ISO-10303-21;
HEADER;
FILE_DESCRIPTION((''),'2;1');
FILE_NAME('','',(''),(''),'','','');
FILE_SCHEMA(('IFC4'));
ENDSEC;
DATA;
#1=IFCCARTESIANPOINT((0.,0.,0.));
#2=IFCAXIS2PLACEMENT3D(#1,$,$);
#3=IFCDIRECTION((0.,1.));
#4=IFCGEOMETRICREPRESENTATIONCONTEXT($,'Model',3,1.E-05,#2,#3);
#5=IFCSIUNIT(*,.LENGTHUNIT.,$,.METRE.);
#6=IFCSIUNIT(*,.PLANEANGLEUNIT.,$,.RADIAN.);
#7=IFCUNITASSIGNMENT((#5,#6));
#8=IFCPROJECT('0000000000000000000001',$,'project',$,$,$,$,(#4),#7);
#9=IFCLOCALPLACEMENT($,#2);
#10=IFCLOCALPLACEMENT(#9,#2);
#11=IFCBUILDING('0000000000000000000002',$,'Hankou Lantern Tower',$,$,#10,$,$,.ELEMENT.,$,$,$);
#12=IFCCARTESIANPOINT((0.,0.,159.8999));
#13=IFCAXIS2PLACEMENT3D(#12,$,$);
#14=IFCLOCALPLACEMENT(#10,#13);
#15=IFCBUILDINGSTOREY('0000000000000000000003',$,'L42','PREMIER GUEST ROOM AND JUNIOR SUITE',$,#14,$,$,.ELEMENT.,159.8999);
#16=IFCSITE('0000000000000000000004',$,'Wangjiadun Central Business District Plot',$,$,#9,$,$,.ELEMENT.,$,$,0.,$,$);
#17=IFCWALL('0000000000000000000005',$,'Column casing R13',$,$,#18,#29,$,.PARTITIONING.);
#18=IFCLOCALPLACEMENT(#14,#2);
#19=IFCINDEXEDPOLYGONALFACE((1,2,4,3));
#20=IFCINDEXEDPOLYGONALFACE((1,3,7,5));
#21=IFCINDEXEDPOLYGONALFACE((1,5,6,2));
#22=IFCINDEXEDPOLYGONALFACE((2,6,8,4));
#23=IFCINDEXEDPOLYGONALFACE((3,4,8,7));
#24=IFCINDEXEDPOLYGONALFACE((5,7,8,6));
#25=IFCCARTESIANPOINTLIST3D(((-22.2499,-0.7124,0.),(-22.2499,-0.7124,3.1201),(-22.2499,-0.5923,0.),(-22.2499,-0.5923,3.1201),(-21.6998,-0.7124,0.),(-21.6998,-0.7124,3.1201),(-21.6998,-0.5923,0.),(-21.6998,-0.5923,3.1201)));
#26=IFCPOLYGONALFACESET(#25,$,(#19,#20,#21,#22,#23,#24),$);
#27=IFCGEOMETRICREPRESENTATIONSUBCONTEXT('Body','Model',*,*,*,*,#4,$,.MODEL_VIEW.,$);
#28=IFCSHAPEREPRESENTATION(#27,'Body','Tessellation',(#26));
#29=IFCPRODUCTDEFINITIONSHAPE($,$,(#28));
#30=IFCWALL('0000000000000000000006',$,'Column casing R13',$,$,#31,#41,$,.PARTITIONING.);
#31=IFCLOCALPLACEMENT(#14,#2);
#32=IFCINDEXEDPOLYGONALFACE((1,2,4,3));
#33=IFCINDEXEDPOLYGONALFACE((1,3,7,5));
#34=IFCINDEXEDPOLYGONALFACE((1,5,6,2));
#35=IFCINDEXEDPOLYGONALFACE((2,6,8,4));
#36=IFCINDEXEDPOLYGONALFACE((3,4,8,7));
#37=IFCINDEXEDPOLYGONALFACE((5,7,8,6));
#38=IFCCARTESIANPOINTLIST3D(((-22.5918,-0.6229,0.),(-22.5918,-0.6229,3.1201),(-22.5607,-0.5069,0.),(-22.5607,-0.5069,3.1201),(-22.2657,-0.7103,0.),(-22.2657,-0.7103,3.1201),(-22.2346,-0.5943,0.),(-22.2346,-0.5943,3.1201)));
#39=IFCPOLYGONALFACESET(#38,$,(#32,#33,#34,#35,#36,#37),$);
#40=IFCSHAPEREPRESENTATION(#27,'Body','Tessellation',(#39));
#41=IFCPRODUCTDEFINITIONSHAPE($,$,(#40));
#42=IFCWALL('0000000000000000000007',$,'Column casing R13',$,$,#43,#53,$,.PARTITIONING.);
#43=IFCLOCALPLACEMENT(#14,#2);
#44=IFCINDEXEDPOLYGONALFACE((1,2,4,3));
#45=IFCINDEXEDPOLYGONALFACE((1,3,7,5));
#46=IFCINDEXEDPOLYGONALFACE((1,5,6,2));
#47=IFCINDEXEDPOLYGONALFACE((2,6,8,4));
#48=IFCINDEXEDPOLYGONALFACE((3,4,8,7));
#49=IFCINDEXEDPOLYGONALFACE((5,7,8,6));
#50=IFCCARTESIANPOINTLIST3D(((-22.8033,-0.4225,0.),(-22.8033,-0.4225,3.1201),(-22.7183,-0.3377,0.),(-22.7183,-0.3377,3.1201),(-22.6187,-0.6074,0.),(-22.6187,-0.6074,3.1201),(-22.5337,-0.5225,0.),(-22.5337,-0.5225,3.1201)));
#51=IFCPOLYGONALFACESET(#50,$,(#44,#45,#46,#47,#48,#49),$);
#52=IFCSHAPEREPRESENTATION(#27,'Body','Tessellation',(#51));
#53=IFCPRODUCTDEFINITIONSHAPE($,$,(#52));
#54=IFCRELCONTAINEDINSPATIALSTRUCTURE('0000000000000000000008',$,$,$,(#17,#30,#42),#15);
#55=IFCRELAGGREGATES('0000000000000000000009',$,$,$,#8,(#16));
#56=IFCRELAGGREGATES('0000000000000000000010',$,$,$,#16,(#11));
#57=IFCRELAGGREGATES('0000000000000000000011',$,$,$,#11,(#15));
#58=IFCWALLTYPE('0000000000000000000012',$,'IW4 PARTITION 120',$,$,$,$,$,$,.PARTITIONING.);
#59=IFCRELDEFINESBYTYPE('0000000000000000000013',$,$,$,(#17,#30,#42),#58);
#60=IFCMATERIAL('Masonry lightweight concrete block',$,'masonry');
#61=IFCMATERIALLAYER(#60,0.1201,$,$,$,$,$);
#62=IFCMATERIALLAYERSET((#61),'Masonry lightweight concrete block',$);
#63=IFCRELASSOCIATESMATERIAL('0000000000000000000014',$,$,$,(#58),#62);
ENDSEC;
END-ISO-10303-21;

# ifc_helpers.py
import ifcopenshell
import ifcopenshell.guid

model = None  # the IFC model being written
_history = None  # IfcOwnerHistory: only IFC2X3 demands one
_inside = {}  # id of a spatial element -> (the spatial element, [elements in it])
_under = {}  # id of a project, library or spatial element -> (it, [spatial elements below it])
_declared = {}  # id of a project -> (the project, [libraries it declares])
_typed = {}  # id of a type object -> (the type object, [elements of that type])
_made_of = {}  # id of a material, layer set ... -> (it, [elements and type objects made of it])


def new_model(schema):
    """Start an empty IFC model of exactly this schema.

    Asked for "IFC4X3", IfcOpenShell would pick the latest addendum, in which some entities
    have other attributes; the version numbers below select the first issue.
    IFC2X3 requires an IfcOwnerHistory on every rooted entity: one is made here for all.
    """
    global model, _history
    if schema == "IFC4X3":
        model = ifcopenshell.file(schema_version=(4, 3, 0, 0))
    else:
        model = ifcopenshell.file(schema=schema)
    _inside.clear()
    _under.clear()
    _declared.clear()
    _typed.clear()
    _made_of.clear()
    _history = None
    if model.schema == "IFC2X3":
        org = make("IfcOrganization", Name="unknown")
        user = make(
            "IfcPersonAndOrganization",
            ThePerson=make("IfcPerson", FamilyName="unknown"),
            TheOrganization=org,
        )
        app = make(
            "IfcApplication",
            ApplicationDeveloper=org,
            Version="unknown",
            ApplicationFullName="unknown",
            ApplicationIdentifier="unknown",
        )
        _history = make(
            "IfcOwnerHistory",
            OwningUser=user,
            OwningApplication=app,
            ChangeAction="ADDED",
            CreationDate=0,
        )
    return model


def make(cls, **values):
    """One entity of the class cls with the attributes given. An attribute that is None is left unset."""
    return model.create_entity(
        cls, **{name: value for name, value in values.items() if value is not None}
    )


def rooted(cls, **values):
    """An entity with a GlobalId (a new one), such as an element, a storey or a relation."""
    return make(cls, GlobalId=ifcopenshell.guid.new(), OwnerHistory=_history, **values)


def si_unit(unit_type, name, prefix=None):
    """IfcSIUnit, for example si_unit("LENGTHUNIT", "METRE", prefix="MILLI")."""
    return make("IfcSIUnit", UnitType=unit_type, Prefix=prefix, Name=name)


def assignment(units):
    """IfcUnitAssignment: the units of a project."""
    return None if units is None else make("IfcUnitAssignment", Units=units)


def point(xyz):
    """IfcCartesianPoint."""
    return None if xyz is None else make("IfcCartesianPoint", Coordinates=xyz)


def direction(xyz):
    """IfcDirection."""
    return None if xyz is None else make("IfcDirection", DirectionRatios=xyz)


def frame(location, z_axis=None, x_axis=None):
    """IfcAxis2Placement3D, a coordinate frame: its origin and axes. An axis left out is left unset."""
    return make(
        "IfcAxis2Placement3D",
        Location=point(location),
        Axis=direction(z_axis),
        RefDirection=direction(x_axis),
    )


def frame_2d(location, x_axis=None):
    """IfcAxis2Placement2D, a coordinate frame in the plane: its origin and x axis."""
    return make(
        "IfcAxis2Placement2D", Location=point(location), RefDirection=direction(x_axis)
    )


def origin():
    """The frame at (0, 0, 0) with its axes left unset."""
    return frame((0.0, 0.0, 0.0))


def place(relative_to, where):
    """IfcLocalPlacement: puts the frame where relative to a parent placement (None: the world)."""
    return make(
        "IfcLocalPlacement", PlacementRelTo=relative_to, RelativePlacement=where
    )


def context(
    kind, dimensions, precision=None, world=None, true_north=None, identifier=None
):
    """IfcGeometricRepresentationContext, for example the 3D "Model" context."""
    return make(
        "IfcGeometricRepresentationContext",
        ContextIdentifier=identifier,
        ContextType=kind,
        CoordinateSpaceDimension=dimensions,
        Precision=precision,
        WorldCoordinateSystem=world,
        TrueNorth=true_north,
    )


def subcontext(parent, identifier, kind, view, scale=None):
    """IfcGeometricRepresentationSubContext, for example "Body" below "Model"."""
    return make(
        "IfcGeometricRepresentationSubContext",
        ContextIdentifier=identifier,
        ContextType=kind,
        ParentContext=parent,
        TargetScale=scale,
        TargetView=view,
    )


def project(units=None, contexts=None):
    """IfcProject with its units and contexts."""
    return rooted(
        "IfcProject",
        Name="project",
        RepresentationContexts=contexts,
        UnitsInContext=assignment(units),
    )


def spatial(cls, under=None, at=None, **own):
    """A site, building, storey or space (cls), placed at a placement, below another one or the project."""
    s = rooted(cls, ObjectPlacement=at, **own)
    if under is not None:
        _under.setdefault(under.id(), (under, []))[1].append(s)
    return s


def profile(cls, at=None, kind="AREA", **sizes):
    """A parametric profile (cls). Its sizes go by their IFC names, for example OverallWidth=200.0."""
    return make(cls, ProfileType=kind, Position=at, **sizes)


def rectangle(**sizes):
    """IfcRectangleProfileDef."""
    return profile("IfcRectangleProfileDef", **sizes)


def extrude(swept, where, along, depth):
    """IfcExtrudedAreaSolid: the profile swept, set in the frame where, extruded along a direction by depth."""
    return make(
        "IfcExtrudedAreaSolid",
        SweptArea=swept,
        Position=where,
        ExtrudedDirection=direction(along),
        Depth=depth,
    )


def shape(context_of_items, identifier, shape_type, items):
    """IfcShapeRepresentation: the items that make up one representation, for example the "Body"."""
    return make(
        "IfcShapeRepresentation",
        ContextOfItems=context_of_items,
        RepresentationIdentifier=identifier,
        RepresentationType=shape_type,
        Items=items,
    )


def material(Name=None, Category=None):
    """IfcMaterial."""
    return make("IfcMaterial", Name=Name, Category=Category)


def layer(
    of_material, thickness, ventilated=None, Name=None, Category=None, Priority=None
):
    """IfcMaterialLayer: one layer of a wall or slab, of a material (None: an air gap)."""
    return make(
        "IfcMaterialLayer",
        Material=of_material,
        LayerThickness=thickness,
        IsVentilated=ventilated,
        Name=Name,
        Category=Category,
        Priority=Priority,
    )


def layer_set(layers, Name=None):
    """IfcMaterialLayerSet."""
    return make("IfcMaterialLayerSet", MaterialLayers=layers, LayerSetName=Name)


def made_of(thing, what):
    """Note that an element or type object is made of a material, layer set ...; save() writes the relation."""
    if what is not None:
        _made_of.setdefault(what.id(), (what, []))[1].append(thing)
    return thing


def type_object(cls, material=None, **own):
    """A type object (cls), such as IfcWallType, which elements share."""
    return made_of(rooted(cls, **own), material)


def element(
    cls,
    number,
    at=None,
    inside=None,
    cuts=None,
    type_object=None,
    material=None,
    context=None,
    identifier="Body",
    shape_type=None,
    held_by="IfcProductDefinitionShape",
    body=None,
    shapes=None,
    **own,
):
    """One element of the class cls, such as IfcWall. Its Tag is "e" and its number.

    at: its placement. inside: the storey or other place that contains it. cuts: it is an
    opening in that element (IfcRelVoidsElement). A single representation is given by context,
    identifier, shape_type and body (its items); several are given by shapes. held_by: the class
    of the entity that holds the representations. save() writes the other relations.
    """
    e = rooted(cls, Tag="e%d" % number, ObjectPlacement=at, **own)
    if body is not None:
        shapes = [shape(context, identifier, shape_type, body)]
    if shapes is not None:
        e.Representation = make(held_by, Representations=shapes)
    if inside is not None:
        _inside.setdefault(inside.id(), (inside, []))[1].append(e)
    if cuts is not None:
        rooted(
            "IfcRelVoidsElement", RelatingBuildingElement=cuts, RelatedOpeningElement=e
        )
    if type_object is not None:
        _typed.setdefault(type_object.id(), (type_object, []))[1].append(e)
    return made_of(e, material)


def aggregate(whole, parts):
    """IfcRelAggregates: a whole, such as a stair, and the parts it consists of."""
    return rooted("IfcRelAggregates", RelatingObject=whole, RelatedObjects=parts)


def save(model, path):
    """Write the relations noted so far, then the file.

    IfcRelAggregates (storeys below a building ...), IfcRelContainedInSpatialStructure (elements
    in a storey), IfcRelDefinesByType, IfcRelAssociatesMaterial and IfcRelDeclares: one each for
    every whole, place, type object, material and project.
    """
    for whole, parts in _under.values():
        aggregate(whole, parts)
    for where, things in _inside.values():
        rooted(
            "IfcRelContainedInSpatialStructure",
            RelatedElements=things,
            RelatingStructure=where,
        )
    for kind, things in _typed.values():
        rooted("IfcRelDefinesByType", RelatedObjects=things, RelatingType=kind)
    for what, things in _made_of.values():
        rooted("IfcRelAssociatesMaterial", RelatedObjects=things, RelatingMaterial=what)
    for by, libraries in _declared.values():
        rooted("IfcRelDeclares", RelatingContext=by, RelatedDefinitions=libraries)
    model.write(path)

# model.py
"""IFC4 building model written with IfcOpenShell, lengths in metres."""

from ifc_helpers import new_model, si_unit, direction, frame, frame_2d, origin, place, context, subcontext, project, spatial, rectangle, extrude, material, layer, layer_set, type_object, element, save


model = new_model("IFC4")

# Units and contexts
model_context = context("Model", 3, precision=1e-05, world=origin(), true_north=direction((0.0, 1.0)))
body_context = subcontext(model_context, "Body", "Model", "MODEL_VIEW")
ifc_project = project(units=[si_unit("LENGTHUNIT", "METRE"), si_unit("PLANEANGLEUNIT", "RADIAN")], contexts=[model_context])

# Site, building, storey
site_placement = place(None, origin())
site = spatial("IfcSite", under=ifc_project, at=site_placement, Name="Wangjiadun Central Business District Plot", CompositionType="ELEMENT", RefElevation=0.0)
building_placement = place(site_placement, origin())
building = spatial("IfcBuilding", under=site, at=building_placement, Name="Hankou Lantern Tower", CompositionType="ELEMENT")
storey_placement = place(building_placement, frame((0.0, 0.0, 159.8999)))
storey = spatial("IfcBuildingStorey", under=building, at=storey_placement, Name="L42", Description="PREMIER GUEST ROOM AND JUNIOR SUITE", CompositionType="ELEMENT", Elevation=159.8999)

# Walls
ifc_material_1 = material(Name="Masonry lightweight concrete block", Category="masonry")
ifc_layer_1 = layer(ifc_material_1, 0.1201)
ifc_layer_set_1 = layer_set([ifc_layer_1], Name="Masonry lightweight concrete block")
wall_type_1 = type_object("IfcWallType", Name="IW4 PARTITION 120", PredefinedType="PARTITIONING", material=ifc_layer_set_1)
wall_1_placement = place(storey_placement, frame((-21.7, -0.6523, 0.0), z_axis=(0.0, 0.0, 1.0), x_axis=(-1.0, 0.0, 0.0)))
element("IfcWall", 1, at=wall_1_placement, inside=storey, type_object=wall_type_1, Name="Column casing R13", PredefinedType="PARTITIONING", context=body_context, shape_type="SweptSolid", body=[
    extrude(rectangle(XDim=0.55, YDim=0.1201, at=frame_2d((0.2749, 0.0))), origin(), (0.0, 0.0, 1.0), 3.1201),
])
wall_2_placement = place(storey_placement, frame((-22.25, -0.6523, 0.0), z_axis=(0.0, 0.0, 1.0), x_axis=(-0.965922, 0.258832, 0.0)))
element("IfcWall", 2, at=wall_2_placement, inside=storey, type_object=wall_type_1, Name="Column casing R13", PredefinedType="PARTITIONING", context=body_context, shape_type="SweptSolid", body=[
    extrude(rectangle(XDim=0.3376, YDim=0.1201, at=frame_2d((0.1689, 0.0))), origin(), (0.0, 0.0, 1.0), 3.1201),
])
wall_3_placement = place(storey_placement, frame((-22.5762, -0.5649, 0.0), z_axis=(0.0, 0.0, 1.0), x_axis=(-0.706639, 0.707574, 0.0)))
element("IfcWall", 3, at=wall_3_placement, inside=storey, type_object=wall_type_1, Name="Column casing R13", PredefinedType="PARTITIONING", context=body_context, shape_type="SweptSolid", body=[
    extrude(rectangle(XDim=0.2612, YDim=0.1201, at=frame_2d((0.1306, 0.0))), origin(), (0.0, 0.0, 1.0), 3.1201),
])

save(model, "model.ifc")
